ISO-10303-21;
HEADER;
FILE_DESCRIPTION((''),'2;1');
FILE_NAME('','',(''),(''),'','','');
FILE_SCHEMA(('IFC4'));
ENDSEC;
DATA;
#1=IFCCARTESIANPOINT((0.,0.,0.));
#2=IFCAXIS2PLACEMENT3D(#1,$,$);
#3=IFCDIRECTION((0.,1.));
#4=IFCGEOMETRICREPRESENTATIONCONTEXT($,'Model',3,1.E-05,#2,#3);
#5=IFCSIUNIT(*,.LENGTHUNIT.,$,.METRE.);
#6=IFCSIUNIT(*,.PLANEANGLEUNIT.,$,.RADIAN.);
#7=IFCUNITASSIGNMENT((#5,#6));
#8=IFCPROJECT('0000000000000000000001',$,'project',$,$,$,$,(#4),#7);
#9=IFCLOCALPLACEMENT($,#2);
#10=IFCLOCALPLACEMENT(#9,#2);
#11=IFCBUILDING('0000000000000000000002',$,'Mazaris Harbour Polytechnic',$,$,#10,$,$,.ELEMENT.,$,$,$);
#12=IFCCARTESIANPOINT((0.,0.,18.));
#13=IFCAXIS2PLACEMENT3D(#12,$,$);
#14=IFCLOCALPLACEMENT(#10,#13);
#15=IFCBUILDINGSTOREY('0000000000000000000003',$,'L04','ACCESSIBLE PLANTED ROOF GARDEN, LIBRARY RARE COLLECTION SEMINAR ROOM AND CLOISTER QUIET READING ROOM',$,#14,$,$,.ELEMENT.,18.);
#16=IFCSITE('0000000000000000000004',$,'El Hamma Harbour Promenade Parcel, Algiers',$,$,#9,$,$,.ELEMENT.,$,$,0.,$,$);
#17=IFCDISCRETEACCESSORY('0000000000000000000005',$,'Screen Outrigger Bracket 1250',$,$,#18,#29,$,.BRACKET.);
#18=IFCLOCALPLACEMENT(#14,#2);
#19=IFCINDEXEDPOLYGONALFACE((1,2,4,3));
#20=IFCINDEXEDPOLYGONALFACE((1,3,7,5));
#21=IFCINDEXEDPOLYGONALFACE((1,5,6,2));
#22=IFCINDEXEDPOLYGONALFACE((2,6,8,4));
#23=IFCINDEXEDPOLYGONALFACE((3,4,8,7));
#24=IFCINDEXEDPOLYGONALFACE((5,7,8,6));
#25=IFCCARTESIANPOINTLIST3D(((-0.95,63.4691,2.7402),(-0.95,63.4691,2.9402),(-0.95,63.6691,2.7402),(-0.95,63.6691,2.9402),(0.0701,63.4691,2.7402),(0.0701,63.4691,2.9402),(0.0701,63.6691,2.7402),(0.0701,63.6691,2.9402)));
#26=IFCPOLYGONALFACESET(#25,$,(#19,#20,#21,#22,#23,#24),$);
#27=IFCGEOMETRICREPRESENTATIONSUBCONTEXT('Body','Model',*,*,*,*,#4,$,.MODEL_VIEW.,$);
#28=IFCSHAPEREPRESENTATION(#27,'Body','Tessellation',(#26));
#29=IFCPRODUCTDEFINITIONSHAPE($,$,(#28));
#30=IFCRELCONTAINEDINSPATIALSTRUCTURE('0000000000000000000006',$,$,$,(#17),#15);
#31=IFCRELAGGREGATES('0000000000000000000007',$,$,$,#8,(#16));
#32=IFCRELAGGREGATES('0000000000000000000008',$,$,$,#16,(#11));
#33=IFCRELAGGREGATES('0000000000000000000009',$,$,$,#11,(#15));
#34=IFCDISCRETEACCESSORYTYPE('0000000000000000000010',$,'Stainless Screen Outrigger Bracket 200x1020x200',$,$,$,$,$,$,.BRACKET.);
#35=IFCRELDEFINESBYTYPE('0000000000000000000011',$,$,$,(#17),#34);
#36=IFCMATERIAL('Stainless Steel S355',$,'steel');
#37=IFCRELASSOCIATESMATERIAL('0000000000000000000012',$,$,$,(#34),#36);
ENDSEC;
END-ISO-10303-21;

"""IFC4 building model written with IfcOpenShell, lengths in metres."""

from ifc_helpers import new_model, si_unit, direction, frame, origin, origin_2d, place, context, subcontext, project, spatial, rectangle, extrude, material, type_object, element, save


model = new_model("IFC4")

# Units and contexts
model_context = context("Model", 3, precision=1e-05, world=origin(), true_north=direction((0.0, 1.0)))
body_context = subcontext(model_context, "Body", "Model", "MODEL_VIEW")
ifc_project = project(units=[si_unit("LENGTHUNIT", "METRE"), si_unit("PLANEANGLEUNIT", "RADIAN")], contexts=[model_context])

# Site, building, storey
site_placement = place(None, origin())
site = spatial("IfcSite", under=ifc_project, at=site_placement, Name="El Hamma Harbour Promenade Parcel, Algiers", CompositionType="ELEMENT", RefElevation=0.0)
building_placement = place(site_placement, origin())
building = spatial("IfcBuilding", under=site, at=building_placement, Name="Mazaris Harbour Polytechnic", CompositionType="ELEMENT")
storey_placement = place(building_placement, frame((0.0, 0.0, 18.0)))
storey = spatial("IfcBuildingStorey", under=building, at=storey_placement, Name="L04", Description="ACCESSIBLE PLANTED ROOF GARDEN, LIBRARY RARE COLLECTION SEMINAR ROOM AND CLOISTER QUIET READING ROOM", CompositionType="ELEMENT", Elevation=18.0)

# Discrete accessory
ifc_material_1 = material(Name="Stainless Steel S355", Category="steel")
discrete_accessory_type = type_object("IfcDiscreteAccessoryType", Name="Stainless Screen Outrigger Bracket 200x1020x200", PredefinedType="BRACKET", material=ifc_material_1)
for number, where, z_axis, x_axis, name in (
    (1, (-0.4399, 63.5691, 2.7402), (0.0, 0.0, 1.0), (0.0, 1.0, 0.0), "Screen Outrigger Bracket 1250"),
):
    element("IfcDiscreteAccessory", number, at=place(storey_placement, frame(where, z_axis=z_axis, x_axis=x_axis)), inside=storey, type_object=discrete_accessory_type, Name=name, PredefinedType="BRACKET", context=body_context, shape_type="SweptSolid", body=[
        extrude(rectangle(XDim=0.2, YDim=1.02, at=origin_2d()), origin(), (0.0, 0.0, 1.0), 0.2),
    ])

save(model, "model.ifc")
